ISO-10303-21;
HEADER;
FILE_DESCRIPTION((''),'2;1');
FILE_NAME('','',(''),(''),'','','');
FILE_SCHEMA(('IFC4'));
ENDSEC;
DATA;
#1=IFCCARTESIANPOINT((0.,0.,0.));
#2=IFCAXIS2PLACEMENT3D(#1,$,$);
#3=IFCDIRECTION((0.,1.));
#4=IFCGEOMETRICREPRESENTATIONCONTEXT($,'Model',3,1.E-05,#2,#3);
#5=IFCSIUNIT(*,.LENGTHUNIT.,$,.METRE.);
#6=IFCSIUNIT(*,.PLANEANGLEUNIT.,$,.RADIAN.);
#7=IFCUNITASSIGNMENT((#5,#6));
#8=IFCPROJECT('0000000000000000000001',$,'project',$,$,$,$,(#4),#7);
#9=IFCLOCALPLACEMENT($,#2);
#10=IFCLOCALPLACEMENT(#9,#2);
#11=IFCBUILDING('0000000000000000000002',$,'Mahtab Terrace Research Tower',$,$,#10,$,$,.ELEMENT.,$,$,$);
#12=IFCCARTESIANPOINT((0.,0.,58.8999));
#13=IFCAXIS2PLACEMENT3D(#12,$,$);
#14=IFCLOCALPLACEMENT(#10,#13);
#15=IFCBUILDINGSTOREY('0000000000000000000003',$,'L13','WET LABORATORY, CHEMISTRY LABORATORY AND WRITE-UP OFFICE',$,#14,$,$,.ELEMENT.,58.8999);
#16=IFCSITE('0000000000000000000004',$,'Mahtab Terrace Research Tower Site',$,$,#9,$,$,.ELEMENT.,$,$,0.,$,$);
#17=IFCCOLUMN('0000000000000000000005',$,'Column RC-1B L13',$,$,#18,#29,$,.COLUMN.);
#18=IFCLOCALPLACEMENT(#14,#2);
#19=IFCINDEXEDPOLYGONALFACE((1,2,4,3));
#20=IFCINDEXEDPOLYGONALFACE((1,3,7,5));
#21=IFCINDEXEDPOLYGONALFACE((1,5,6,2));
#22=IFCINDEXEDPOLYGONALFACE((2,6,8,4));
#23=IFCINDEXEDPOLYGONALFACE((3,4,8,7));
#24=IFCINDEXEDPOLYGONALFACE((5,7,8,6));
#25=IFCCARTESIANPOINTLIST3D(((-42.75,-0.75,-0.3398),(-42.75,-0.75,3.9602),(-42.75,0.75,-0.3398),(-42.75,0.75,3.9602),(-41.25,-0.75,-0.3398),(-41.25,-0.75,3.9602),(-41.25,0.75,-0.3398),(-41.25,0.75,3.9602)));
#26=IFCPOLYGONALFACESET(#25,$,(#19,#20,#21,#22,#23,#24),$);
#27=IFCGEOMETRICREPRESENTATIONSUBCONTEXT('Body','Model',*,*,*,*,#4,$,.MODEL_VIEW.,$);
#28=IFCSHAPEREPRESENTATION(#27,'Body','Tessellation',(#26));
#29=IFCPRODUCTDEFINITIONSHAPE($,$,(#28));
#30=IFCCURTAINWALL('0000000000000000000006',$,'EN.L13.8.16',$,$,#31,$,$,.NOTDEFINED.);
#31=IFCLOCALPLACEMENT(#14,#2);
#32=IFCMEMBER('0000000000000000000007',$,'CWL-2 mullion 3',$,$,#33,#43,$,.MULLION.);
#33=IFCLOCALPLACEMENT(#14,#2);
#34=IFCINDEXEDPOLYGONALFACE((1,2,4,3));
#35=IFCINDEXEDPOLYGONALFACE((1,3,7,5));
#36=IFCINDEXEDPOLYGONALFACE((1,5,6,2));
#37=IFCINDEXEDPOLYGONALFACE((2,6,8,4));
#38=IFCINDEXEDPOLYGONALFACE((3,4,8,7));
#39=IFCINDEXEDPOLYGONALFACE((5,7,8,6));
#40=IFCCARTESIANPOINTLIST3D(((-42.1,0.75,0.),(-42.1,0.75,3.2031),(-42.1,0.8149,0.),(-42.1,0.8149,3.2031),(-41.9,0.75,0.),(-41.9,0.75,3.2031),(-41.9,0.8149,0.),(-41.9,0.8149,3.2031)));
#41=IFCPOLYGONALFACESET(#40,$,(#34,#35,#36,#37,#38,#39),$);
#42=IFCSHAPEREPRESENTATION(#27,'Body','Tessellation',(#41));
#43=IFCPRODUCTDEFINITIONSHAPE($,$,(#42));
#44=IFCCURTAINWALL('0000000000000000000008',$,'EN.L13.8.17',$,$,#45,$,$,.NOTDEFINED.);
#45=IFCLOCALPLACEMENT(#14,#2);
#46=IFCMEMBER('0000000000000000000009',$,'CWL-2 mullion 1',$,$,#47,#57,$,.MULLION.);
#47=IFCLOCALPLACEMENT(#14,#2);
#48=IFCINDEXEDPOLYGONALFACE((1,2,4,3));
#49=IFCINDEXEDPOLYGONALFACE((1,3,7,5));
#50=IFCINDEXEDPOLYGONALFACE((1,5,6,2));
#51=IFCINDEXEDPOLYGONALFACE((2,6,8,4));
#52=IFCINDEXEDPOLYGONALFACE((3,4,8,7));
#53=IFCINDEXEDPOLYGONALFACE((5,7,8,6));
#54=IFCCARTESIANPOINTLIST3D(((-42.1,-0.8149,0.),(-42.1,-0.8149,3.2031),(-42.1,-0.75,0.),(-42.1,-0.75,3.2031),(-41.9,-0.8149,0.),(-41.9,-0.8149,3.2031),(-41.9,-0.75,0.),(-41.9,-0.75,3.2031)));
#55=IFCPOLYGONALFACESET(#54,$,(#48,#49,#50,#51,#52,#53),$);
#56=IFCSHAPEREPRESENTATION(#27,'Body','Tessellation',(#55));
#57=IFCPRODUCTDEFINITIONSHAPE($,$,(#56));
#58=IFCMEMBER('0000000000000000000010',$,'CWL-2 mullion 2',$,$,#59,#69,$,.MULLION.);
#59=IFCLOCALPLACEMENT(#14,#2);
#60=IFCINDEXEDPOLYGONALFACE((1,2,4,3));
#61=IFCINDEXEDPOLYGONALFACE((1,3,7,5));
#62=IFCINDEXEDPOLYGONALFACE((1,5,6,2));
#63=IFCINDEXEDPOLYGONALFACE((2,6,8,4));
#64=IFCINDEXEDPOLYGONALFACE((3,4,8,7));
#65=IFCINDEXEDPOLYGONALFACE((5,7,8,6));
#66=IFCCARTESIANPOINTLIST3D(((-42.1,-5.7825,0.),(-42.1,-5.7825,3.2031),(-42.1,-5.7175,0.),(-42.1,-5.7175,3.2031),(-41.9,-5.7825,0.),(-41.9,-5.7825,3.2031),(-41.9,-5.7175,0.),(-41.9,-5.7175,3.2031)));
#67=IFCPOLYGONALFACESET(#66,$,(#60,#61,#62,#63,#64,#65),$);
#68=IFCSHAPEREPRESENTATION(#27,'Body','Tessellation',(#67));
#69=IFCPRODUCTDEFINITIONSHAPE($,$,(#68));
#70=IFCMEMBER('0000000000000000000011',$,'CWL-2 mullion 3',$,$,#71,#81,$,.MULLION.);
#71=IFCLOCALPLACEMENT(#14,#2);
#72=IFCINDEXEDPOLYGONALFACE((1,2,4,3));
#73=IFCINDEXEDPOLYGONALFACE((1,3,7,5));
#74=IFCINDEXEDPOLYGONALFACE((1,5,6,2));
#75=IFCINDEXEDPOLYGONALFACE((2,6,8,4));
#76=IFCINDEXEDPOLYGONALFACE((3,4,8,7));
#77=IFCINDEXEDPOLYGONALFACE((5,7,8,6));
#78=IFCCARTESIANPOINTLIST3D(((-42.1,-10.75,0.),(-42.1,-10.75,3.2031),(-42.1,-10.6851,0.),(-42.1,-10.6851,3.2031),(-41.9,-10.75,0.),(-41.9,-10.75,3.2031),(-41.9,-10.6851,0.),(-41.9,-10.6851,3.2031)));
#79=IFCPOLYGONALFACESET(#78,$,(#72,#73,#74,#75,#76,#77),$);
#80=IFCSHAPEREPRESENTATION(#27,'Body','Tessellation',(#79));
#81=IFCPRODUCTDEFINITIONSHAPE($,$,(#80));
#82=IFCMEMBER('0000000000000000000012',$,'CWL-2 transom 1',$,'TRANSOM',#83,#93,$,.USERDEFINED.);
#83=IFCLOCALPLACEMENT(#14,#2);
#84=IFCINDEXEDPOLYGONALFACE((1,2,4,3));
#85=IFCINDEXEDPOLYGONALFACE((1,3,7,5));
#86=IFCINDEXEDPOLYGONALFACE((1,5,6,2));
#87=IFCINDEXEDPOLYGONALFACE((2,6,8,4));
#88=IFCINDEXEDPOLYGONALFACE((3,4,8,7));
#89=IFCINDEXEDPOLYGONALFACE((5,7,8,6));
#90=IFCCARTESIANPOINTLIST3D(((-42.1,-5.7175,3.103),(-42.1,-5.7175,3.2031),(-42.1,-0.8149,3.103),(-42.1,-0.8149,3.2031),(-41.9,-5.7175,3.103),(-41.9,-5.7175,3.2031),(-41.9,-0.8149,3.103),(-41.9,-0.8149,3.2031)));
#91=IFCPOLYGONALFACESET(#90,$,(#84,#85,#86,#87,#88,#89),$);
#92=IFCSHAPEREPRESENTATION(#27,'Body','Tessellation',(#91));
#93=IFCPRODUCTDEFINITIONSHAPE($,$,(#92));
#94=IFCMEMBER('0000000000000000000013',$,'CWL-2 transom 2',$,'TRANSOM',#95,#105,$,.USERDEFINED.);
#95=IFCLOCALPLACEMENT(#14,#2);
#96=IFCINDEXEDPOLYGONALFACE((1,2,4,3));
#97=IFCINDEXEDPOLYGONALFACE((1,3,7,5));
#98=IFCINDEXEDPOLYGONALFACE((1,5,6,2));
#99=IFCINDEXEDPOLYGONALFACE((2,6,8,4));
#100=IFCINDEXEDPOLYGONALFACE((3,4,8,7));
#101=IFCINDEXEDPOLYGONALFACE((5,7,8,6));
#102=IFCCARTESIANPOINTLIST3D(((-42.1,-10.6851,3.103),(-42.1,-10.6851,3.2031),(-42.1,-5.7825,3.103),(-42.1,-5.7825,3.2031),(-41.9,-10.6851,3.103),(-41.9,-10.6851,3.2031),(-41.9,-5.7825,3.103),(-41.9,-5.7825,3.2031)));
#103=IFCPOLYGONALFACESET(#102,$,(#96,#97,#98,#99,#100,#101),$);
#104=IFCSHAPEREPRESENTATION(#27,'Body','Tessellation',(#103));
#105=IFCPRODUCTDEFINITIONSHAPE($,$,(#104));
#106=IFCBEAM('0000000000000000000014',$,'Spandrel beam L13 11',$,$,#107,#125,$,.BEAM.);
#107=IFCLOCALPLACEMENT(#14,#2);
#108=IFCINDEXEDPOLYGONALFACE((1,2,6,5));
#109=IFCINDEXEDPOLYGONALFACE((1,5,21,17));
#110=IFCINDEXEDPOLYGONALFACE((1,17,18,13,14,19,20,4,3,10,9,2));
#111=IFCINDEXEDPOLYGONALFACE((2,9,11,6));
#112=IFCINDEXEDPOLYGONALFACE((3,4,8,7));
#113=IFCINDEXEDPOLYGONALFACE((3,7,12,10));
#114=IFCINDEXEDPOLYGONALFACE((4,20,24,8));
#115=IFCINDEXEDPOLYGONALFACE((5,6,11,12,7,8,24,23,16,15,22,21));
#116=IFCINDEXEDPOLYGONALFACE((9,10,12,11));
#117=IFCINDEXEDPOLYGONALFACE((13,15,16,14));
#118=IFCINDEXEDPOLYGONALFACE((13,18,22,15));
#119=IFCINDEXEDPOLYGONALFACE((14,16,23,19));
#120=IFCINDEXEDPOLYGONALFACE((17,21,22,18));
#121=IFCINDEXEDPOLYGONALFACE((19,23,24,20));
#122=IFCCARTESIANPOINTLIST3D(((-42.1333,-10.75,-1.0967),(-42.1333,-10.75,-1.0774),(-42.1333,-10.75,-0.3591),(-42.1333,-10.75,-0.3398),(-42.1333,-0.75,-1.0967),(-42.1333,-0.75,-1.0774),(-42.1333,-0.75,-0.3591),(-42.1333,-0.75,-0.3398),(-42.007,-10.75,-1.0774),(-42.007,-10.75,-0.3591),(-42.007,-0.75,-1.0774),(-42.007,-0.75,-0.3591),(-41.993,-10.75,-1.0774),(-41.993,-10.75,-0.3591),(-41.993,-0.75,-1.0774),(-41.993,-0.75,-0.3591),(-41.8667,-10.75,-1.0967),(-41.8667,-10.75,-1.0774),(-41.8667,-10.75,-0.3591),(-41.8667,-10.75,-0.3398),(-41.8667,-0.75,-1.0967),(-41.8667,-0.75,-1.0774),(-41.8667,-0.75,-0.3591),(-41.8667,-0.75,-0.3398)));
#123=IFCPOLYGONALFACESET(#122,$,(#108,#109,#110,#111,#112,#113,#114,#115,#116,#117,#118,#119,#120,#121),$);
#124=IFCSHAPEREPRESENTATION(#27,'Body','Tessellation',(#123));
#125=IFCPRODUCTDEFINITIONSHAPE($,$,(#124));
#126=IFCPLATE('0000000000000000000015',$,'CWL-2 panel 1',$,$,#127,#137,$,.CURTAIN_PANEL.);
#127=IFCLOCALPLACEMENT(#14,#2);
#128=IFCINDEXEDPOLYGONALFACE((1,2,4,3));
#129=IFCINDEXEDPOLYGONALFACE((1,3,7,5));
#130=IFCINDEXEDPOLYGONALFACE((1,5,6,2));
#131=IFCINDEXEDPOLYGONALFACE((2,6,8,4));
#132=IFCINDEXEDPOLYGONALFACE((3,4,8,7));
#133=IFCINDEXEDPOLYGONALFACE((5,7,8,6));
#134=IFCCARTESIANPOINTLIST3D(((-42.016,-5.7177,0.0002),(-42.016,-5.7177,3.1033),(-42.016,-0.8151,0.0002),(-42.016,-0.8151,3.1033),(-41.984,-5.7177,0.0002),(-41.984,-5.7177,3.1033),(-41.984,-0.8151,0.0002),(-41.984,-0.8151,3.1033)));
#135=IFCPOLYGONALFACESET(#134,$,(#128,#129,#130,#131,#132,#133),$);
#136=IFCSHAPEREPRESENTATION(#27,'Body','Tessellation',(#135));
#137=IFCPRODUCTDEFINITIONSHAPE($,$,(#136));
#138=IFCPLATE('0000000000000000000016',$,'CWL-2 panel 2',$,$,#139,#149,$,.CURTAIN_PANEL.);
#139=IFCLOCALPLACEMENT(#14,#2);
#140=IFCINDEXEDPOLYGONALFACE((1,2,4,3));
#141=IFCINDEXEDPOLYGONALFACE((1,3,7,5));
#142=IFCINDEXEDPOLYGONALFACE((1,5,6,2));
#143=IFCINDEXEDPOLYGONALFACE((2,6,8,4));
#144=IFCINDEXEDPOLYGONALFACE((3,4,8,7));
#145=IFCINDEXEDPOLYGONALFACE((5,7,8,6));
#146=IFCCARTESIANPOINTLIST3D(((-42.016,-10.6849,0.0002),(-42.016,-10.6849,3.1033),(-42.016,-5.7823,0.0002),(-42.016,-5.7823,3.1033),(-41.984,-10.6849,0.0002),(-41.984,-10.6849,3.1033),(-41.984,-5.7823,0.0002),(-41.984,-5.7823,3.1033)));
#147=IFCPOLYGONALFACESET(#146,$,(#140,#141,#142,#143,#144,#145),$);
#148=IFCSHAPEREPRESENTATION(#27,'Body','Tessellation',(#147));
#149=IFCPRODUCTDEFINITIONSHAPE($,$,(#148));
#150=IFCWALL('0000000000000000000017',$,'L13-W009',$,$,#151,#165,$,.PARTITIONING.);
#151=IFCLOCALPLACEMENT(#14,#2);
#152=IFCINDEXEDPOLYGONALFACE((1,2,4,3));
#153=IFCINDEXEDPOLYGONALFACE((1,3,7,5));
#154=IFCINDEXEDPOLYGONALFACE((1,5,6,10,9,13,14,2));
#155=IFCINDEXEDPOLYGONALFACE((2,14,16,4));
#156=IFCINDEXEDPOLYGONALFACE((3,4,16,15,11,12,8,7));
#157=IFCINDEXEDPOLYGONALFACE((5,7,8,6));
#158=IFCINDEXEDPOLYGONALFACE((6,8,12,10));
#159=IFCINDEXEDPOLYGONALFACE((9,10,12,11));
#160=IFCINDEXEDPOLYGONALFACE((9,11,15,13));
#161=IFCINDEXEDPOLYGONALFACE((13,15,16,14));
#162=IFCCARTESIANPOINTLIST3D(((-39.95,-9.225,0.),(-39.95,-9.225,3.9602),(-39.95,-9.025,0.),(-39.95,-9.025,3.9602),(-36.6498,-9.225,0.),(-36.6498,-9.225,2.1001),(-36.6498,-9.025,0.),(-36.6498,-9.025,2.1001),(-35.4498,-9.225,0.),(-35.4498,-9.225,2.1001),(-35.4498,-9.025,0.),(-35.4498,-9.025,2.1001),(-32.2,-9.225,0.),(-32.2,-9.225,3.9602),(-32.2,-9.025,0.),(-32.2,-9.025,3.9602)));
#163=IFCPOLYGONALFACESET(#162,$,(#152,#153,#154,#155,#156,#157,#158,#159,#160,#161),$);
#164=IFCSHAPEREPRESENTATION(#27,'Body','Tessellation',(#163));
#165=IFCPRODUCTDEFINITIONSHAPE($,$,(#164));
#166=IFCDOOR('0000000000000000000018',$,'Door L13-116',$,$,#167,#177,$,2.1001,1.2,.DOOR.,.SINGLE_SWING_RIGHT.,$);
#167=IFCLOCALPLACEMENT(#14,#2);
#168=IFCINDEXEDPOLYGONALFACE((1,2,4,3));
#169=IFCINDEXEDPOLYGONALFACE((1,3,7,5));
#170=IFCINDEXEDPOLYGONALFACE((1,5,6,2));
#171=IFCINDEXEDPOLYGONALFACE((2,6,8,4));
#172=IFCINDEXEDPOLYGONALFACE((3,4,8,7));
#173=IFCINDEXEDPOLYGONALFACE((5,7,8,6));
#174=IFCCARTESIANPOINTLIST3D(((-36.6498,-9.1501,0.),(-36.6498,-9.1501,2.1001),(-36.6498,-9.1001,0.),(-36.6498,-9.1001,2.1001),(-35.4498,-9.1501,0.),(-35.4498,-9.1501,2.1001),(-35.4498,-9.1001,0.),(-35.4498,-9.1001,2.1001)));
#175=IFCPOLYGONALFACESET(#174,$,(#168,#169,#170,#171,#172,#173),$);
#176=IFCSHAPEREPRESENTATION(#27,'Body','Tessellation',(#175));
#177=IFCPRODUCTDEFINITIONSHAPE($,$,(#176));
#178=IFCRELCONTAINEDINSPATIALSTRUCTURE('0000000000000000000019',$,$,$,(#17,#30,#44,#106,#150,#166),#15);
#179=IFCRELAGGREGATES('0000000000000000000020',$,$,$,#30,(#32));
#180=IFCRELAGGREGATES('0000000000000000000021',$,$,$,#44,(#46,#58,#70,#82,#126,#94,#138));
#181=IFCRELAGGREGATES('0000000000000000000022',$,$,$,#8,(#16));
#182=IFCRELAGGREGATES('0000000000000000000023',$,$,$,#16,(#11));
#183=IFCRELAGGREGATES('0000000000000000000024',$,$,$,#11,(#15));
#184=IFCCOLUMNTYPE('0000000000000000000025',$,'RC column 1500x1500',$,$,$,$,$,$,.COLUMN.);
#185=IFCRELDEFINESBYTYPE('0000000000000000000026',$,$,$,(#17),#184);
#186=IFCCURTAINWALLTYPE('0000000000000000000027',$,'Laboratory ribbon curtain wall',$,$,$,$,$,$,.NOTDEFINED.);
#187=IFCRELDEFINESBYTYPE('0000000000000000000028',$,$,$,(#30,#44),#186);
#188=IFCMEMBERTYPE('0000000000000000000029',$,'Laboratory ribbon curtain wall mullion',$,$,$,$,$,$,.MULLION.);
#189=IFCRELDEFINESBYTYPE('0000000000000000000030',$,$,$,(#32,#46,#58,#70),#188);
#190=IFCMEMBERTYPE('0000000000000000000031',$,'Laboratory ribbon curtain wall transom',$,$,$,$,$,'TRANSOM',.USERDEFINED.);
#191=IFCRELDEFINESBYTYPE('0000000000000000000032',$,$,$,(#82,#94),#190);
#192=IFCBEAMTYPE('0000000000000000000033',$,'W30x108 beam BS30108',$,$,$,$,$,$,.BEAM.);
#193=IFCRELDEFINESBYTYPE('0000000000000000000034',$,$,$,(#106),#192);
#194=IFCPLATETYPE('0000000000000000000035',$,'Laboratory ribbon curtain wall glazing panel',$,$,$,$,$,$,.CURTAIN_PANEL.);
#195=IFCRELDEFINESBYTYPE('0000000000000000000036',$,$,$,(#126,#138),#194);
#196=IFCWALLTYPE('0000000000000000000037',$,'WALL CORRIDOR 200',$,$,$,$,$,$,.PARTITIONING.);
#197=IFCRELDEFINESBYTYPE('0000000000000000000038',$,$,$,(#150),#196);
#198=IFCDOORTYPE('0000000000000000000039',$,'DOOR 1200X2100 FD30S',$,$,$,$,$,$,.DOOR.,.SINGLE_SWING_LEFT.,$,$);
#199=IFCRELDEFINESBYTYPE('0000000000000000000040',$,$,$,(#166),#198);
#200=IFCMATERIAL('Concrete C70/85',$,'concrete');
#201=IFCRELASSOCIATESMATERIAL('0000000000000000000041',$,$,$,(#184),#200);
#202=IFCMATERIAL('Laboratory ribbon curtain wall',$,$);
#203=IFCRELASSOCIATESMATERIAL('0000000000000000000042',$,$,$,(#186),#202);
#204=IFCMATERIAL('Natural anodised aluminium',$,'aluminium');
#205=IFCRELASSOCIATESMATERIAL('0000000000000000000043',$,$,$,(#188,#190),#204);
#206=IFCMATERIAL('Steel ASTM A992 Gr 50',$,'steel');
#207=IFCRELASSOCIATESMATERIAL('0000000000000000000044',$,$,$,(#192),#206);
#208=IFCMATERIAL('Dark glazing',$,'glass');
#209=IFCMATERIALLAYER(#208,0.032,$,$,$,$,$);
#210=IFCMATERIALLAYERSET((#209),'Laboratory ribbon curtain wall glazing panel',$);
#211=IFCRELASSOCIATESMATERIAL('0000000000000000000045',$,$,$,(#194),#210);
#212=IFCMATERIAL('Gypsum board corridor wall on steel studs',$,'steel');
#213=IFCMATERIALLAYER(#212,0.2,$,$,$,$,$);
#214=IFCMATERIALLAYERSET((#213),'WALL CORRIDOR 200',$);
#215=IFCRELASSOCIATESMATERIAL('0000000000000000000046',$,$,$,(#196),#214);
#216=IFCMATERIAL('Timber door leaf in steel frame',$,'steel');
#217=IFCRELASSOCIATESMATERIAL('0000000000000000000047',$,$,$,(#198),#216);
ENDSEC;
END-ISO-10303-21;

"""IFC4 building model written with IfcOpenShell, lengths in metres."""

from ifc_helpers import new_model, si_unit, direction, frame, frame_2d, origin, origin_2d, place, context, subcontext, project, spatial, rectangle, i_section, extrude, material, layer, layer_set, material_profile, profile_set, type_object, element, fill, aggregate, save


model = new_model("IFC4")

# Units and contexts
model_context = context("Model", 3, precision=1e-05, world=origin(), true_north=direction((0.0, 1.0)))
body_context = subcontext(model_context, "Body", "Model", "MODEL_VIEW")
ifc_project = project(units=[si_unit("LENGTHUNIT", "METRE"), si_unit("PLANEANGLEUNIT", "RADIAN")], contexts=[model_context])

# Site, building, storey
site_placement = place(None, origin())
site = spatial("IfcSite", under=ifc_project, at=site_placement, Name="Mahtab Terrace Research Tower Site", CompositionType="ELEMENT", RefElevation=0.0)
building_placement = place(site_placement, origin())
building = spatial("IfcBuilding", under=site, at=building_placement, Name="Mahtab Terrace Research Tower", CompositionType="ELEMENT")
storey_placement = place(building_placement, frame((0.0, 0.0, 58.8999)))
storey = spatial("IfcBuildingStorey", under=building, at=storey_placement, Name="L13", Description="WET LABORATORY, CHEMISTRY LABORATORY AND WRITE-UP OFFICE", CompositionType="ELEMENT", Elevation=58.8999)

# Column
ifc_material_1 = material(Name="Concrete C70/85", Category="concrete")
ifc_material_profile_1 = material_profile(ifc_material_1, rectangle(XDim=1.5, YDim=1.5, at=origin_2d()), Name="RC column 1500x1500")
ifc_profile_set_1 = profile_set([ifc_material_profile_1], Name="Concrete C70/85")
column_type = type_object("IfcColumnType", Name="RC column 1500x1500", PredefinedType="COLUMN", material=ifc_profile_set_1)
column_placement = place(storey_placement, frame((-42.0, 0.0, -0.3398), z_axis=(0.0, 0.0, 1.0), x_axis=(1.0, 0.0, 0.0)))
element("IfcColumn", 1, at=column_placement, inside=storey, type_object=column_type, Name="Column RC-1B L13", PredefinedType="COLUMN", context=body_context, shape_type="SweptSolid", body=[
    extrude(rectangle(XDim=1.5, YDim=1.5, at=origin_2d()), origin(), (0.0, 0.0, 1.0), 4.3),
])

# Curtain wall, member
ifc_material_2 = material(Name="Laboratory ribbon curtain wall")
curtain_wall_type = type_object("IfcCurtainWallType", Name="Laboratory ribbon curtain wall", PredefinedType="NOTDEFINED", material=ifc_material_2)
curtain_wall_1_placement = place(storey_placement, origin())
curtain_wall_1 = element("IfcCurtainWall", 2, at=curtain_wall_1_placement, inside=storey, type_object=curtain_wall_type, Name="EN.L13.8.16", PredefinedType="NOTDEFINED")
ifc_material_3 = material(Name="Natural anodised aluminium", Category="aluminium")
ifc_material_profile_2 = material_profile(ifc_material_3, rectangle(XDim=0.2, YDim=0.0649, at=origin_2d()), Name="MULLION 65x200")
ifc_profile_set_2 = profile_set([ifc_material_profile_2], Name="Natural anodised aluminium")
member_type_1 = type_object("IfcMemberType", Name="Laboratory ribbon curtain wall mullion", PredefinedType="MULLION", material=ifc_profile_set_2)
member_1_placement = place(storey_placement, frame((-42.0, 0.7825, 0.0), z_axis=(0.0, 0.0, 1.0), x_axis=(1.0, 0.0, 0.0)))
member_1 = element("IfcMember", 3, at=member_1_placement, type_object=member_type_1, Name="CWL-2 mullion 3", PredefinedType="MULLION", context=body_context, shape_type="SweptSolid", body=[
    extrude(rectangle(XDim=0.2, YDim=0.0649, at=origin_2d()), origin(), (0.0, 0.0, 1.0), 3.2031),
])
aggregate(curtain_wall_1, [member_1])

# Curtain wall, members
curtain_wall_2_placement = place(storey_placement, origin())
curtain_wall_2 = element("IfcCurtainWall", 4, at=curtain_wall_2_placement, inside=storey, type_object=curtain_wall_type, Name="EN.L13.8.17", PredefinedType="NOTDEFINED")
member_2_placement = place(storey_placement, frame((-42.0, -0.7825, 0.0), z_axis=(0.0, 0.0, 1.0), x_axis=(1.0, 0.0, 0.0)))
member_2 = element("IfcMember", 5, at=member_2_placement, type_object=member_type_1, Name="CWL-2 mullion 1", PredefinedType="MULLION", context=body_context, shape_type="SweptSolid", body=[
    extrude(rectangle(XDim=0.2, YDim=0.0649, at=origin_2d()), origin(), (0.0, 0.0, 1.0), 3.2031),
])
member_3_placement = place(storey_placement, frame((-42.0, -5.75, 0.0), z_axis=(0.0, 0.0, 1.0), x_axis=(1.0, 0.0, 0.0)))
member_3 = element("IfcMember", 6, at=member_3_placement, type_object=member_type_1, Name="CWL-2 mullion 2", PredefinedType="MULLION", context=body_context, shape_type="SweptSolid", body=[
    extrude(rectangle(XDim=0.2, YDim=0.0649, at=origin_2d()), origin(), (0.0, 0.0, 1.0), 3.2031),
])
member_4_placement = place(storey_placement, frame((-42.0, -10.7175, 0.0), z_axis=(0.0, 0.0, 1.0), x_axis=(1.0, 0.0, 0.0)))
member_4 = element("IfcMember", 7, at=member_4_placement, type_object=member_type_1, Name="CWL-2 mullion 3", PredefinedType="MULLION", context=body_context, shape_type="SweptSolid", body=[
    extrude(rectangle(XDim=0.2, YDim=0.0649, at=origin_2d()), origin(), (0.0, 0.0, 1.0), 3.2031),
])
ifc_material_profile_3 = material_profile(ifc_material_3, rectangle(XDim=0.2, YDim=0.1001, at=origin_2d()), Name="TRANSOM 100x200")
ifc_profile_set_3 = profile_set([ifc_material_profile_3], Name="Natural anodised aluminium")
member_type_2 = type_object("IfcMemberType", Name="Laboratory ribbon curtain wall transom", ElementType="TRANSOM", PredefinedType="USERDEFINED", material=ifc_profile_set_3)
member_5_placement = place(storey_placement, frame((-42.0, -0.8149, 3.1531), z_axis=(0.0, -1.0, 0.0), x_axis=(1.0, 0.0, 0.0)))
member_5 = element("IfcMember", 8, at=member_5_placement, type_object=member_type_2, Name="CWL-2 transom 1", ObjectType="TRANSOM", PredefinedType="USERDEFINED", context=body_context, shape_type="SweptSolid", body=[
    extrude(rectangle(XDim=0.2, YDim=0.1001, at=origin_2d()), origin(), (0.0, 0.0, 1.0), 4.9026),
])
member_6_placement = place(storey_placement, frame((-42.0, -5.7825, 3.1531), z_axis=(0.0, -1.0, 0.0), x_axis=(1.0, 0.0, 0.0)))
member_6 = element("IfcMember", 9, at=member_6_placement, type_object=member_type_2, Name="CWL-2 transom 2", ObjectType="TRANSOM", PredefinedType="USERDEFINED", context=body_context, shape_type="SweptSolid", body=[
    extrude(rectangle(XDim=0.2, YDim=0.1001, at=origin_2d()), origin(), (0.0, 0.0, 1.0), 4.9026),
])

# Beam
ifc_material_4 = material(Name="Steel ASTM A992 Gr 50", Category="steel")
ifc_material_profile_4 = material_profile(ifc_material_4, i_section(OverallWidth=0.2666, OverallDepth=0.7568, WebThickness=0.0139, FlangeThickness=0.0193, at=origin_2d()), Name="W30X108")
ifc_profile_set_4 = profile_set([ifc_material_profile_4], Name="Steel ASTM A992 Gr 50")
beam_type = type_object("IfcBeamType", Name="W30x108 beam BS30108", PredefinedType="BEAM", material=ifc_profile_set_4)
beam_placement = place(storey_placement, frame((-42.0, -0.75, -0.7183), z_axis=(0.0, -1.0, 0.0), x_axis=(1.0, 0.0, 0.0)))
element("IfcBeam", 10, at=beam_placement, inside=storey, type_object=beam_type, Name="Spandrel beam L13 11", PredefinedType="BEAM", context=body_context, shape_type="SweptSolid", body=[
    extrude(i_section(OverallWidth=0.2666, OverallDepth=0.7568, WebThickness=0.0139, FlangeThickness=0.0193, at=origin_2d()), origin(), (0.0, 0.0, 1.0), 10.0),
])

# Plates
ifc_material_5 = material(Name="Dark glazing", Category="glass")
ifc_layer_1 = layer(ifc_material_5, 0.032)
ifc_layer_set_1 = layer_set([ifc_layer_1], Name="Laboratory ribbon curtain wall glazing panel")
plate_type = type_object("IfcPlateType", Name="Laboratory ribbon curtain wall glazing panel", PredefinedType="CURTAIN_PANEL", material=ifc_layer_set_1)
plate_1_placement = place(storey_placement, frame((-42.0, -3.2664, 0.0002), z_axis=(0.0, 0.0, 1.0), x_axis=(0.0, -1.0, 0.0)))
plate_1 = element("IfcPlate", 11, at=plate_1_placement, type_object=plate_type, Name="CWL-2 panel 1", PredefinedType="CURTAIN_PANEL", context=body_context, shape_type="SweptSolid", body=[
    extrude(rectangle(XDim=4.9026, YDim=0.032, at=origin_2d()), origin(), (0.0, 0.0, 1.0), 3.103),
])
plate_2_placement = place(storey_placement, frame((-42.0, -8.2336, 0.0002), z_axis=(0.0, 0.0, 1.0), x_axis=(0.0, -1.0, 0.0)))
plate_2 = element("IfcPlate", 12, at=plate_2_placement, type_object=plate_type, Name="CWL-2 panel 2", PredefinedType="CURTAIN_PANEL", context=body_context, shape_type="SweptSolid", body=[
    extrude(rectangle(XDim=4.9026, YDim=0.032, at=origin_2d()), origin(), (0.0, 0.0, 1.0), 3.103),
])
aggregate(curtain_wall_2, [member_2, member_3, member_4, member_5, plate_1, member_6, plate_2])

# Wall, opening, door
ifc_material_6 = material(Name="Gypsum board corridor wall on steel studs", Category="steel")
ifc_layer_2 = layer(ifc_material_6, 0.2)
ifc_layer_set_2 = layer_set([ifc_layer_2], Name="WALL CORRIDOR 200")
wall_type_1 = type_object("IfcWallType", Name="WALL CORRIDOR 200", PredefinedType="PARTITIONING", material=ifc_layer_set_2)
wall_1_placement = place(storey_placement, frame((-39.95, -9.125, 0.0), z_axis=(0.0, 0.0, 1.0), x_axis=(1.0, 0.0, 0.0)))
wall_1 = element("IfcWall", 13, at=wall_1_placement, inside=storey, type_object=wall_type_1, Name="L13-W009", PredefinedType="PARTITIONING", context=body_context, shape_type="SweptSolid", body=[
    extrude(rectangle(XDim=7.75, YDim=0.2, at=frame_2d((3.875, 0.0))), origin(), (0.0, 0.0, 1.0), 3.9602),
])
opening_1_placement = place(wall_1_placement, frame((3.3, 0.0, 0.0)))
opening_1 = element("IfcOpeningElement", 14, at=opening_1_placement, cuts=wall_1, PredefinedType="OPENING", context=body_context, shape_type="SweptSolid", body=[
    extrude(rectangle(XDim=1.2, YDim=2.1001, at=frame_2d((0.6001, 1.05))), frame((0.0, 0.1099, 0.0), z_axis=(0.0, -1.0, 0.0), x_axis=(1.0, 0.0, 0.0)), (0.0, 0.0, 1.0), 0.22),
])
ifc_material_7 = material(Name="Timber door leaf in steel frame", Category="steel")
door_type = type_object("IfcDoorType", Name="DOOR 1200X2100 FD30S", OperationType="SINGLE_SWING_LEFT", PredefinedType="DOOR", material=ifc_material_7)
door_1_placement = place(opening_1_placement, origin())
door_1 = element("IfcDoor", 15, at=door_1_placement, inside=storey, type_object=door_type, Name="Door L13-116", OperationType="SINGLE_SWING_RIGHT", OverallHeight=2.1001, OverallWidth=1.2, PredefinedType="DOOR", context=body_context, shape_type="SweptSolid", body=[
    extrude(rectangle(XDim=1.2, YDim=2.1001, at=frame_2d((0.6001, 1.05))), frame((0.0, 0.0249, 0.0), z_axis=(0.0, -1.0, 0.0), x_axis=(1.0, 0.0, 0.0)), (0.0, 0.0, 1.0), 0.05),
])
fill(opening_1, door_1)

save(model, "model.ifc")
